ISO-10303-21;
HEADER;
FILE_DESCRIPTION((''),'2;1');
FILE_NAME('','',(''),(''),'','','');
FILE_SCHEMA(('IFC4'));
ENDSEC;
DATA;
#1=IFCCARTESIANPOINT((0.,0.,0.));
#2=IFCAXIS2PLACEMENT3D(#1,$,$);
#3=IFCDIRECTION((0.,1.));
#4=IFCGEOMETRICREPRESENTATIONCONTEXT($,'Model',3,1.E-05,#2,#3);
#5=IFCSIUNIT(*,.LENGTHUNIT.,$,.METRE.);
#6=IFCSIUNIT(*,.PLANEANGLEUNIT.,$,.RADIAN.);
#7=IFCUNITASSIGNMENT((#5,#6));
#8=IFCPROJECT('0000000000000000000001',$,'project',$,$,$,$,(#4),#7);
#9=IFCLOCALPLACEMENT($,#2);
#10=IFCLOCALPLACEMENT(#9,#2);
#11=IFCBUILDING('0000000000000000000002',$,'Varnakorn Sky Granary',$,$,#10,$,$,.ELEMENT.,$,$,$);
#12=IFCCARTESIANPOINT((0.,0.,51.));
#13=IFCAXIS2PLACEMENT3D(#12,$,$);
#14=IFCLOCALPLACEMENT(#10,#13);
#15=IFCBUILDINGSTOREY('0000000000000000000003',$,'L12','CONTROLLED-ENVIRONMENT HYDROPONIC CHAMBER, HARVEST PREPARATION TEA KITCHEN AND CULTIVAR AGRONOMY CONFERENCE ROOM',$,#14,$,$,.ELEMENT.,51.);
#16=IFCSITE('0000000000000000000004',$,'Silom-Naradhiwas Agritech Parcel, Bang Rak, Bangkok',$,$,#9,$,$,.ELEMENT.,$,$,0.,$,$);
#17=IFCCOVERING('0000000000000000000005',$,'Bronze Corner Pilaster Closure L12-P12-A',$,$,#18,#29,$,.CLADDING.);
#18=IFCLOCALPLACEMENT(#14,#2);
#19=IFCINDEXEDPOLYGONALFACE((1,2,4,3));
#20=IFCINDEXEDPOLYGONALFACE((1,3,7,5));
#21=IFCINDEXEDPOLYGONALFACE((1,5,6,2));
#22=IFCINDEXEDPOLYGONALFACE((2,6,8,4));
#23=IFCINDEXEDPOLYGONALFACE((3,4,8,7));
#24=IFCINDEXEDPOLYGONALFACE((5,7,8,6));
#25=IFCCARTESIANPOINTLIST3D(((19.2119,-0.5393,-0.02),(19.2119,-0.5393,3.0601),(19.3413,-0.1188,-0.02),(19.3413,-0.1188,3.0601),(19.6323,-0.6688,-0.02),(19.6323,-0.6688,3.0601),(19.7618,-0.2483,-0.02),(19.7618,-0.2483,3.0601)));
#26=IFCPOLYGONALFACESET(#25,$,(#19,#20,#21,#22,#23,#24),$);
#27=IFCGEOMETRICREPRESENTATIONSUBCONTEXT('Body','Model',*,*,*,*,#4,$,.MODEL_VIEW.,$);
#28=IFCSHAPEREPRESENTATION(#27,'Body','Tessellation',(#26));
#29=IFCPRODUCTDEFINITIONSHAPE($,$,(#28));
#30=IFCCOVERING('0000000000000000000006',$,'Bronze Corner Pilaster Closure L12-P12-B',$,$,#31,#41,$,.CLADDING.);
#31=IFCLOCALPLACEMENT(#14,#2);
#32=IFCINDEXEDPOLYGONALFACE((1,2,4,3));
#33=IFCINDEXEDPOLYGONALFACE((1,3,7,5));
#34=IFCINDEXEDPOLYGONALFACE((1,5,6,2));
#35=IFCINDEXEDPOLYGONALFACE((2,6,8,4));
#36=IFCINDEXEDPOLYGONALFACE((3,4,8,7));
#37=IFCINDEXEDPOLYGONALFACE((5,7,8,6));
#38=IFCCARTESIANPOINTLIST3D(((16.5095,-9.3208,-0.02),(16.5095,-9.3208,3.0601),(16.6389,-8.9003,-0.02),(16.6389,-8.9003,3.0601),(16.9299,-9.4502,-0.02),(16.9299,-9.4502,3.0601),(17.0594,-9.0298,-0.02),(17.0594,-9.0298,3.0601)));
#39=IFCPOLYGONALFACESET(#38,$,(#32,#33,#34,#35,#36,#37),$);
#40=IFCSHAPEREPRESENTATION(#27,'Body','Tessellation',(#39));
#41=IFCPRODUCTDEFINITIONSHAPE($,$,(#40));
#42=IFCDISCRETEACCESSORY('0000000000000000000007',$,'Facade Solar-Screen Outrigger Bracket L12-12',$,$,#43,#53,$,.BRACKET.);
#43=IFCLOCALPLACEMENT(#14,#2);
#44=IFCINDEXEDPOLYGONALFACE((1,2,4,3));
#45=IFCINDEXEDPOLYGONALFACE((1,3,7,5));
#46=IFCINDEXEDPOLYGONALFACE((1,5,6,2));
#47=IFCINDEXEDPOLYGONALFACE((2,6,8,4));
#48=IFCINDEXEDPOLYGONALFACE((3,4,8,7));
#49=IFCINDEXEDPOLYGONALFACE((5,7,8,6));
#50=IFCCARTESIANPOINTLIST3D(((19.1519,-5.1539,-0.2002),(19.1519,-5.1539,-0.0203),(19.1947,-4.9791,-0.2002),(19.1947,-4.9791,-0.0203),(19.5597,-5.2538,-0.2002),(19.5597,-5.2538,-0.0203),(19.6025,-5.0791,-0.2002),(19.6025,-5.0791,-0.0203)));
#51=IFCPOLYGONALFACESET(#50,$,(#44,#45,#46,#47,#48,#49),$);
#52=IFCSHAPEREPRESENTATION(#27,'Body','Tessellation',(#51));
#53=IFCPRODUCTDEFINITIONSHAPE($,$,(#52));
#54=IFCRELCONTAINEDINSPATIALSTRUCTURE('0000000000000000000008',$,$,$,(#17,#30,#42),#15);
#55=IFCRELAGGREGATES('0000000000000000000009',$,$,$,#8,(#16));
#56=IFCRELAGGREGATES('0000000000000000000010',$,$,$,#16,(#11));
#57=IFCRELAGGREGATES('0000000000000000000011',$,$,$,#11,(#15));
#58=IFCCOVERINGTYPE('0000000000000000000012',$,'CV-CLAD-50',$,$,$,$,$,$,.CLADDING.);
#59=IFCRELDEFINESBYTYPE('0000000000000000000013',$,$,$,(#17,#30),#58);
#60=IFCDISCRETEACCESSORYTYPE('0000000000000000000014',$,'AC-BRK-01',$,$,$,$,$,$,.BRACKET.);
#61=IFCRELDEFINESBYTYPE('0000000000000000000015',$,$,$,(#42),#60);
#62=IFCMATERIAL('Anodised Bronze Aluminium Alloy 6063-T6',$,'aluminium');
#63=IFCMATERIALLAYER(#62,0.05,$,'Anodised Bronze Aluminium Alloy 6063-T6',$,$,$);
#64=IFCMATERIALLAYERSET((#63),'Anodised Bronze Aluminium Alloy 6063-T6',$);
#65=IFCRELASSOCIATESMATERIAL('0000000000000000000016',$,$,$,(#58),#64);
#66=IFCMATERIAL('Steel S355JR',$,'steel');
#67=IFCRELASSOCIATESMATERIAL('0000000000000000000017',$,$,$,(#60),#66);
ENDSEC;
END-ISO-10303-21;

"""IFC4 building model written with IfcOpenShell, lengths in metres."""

from ifc_helpers import new_model, si_unit, direction, frame, origin, origin_2d, place, context, subcontext, project, spatial, rectangle, extrude, source, transform, mapped, material, layer, layer_set, type_object, type_shapes, element, save


model = new_model("IFC4")

# Units and contexts
model_context = context("Model", 3, precision=1e-05, world=origin(), true_north=direction((0.0, 1.0)))
body_context = subcontext(model_context, "Body", "Model", "MODEL_VIEW")
ifc_project = project(units=[si_unit("LENGTHUNIT", "METRE"), si_unit("PLANEANGLEUNIT", "RADIAN")], contexts=[model_context])

# Site, building, storey
site_placement = place(None, origin())
site = spatial("IfcSite", under=ifc_project, at=site_placement, Name="Silom-Naradhiwas Agritech Parcel, Bang Rak, Bangkok", CompositionType="ELEMENT", RefElevation=0.0)
building_placement = place(site_placement, origin())
building = spatial("IfcBuilding", under=site, at=building_placement, Name="Varnakorn Sky Granary", CompositionType="ELEMENT")
storey_placement = place(building_placement, frame((0.0, 0.0, 51.0)))
storey = spatial("IfcBuildingStorey", under=building, at=storey_placement, Name="L12", Description="CONTROLLED-ENVIRONMENT HYDROPONIC CHAMBER, HARVEST PREPARATION TEA KITCHEN AND CULTIVAR AGRONOMY CONFERENCE ROOM", CompositionType="ELEMENT", Elevation=51.0)

# Shared definitions
ifc_material_1 = material(Name="Steel S355JR", Category="steel")

# Shared definitions
ifc_material_2 = material(Name="Anodised Bronze Aluminium Alloy 6063-T6", Category="aluminium")

# Coverings
ifc_layer_1 = layer(ifc_material_2, 0.05, Name="Anodised Bronze Aluminium Alloy 6063-T6")
ifc_layer_set_1 = layer_set([ifc_layer_1], Name="Anodised Bronze Aluminium Alloy 6063-T6")
covering_type = type_object("IfcCoveringType", Name="CV-CLAD-50", PredefinedType="CLADDING", material=ifc_layer_set_1)
shared_shape_1 = source(origin(), body_context, "Body", "SweptSolid", [
    extrude(rectangle(XDim=0.4399, YDim=0.4399, at=origin_2d()), origin(), (0.0, 0.0, 1.0), 3.0801),
])
type_shapes(covering_type, [shared_shape_1])
for number, where, z_axis, x_axis, name in (
    (1, (19.4868, -0.3938, -0.02), (0.0, 0.0, 1.0), (-0.294207, -0.955742, 0.0), "Bronze Corner Pilaster Closure L12-P12-A"),
    (2, (16.7844, -9.1753, -0.02), (0.0, 0.0, 1.0), (-0.294207, -0.955742, 0.0), "Bronze Corner Pilaster Closure L12-P12-B"),
):
    element("IfcCovering", number, at=place(storey_placement, frame(where, z_axis=z_axis, x_axis=x_axis)), inside=storey, type_object=covering_type, Name=name, PredefinedType="CLADDING", context=body_context, shape_type="MappedRepresentation", body=[
        mapped(shared_shape_1, transform((0.0, 0.0, 0.0), x_axis=(1.0, 0.0, 0.0), y_axis=(0.0, 1.0, 0.0), z_axis=(0.0, 0.0, 1.0), scale=1.0)),
    ])

# Discrete accessory
discrete_accessory_type = type_object("IfcDiscreteAccessoryType", Name="AC-BRK-01", PredefinedType="BRACKET", material=ifc_material_1)
shared_shape_2 = source(origin(), body_context, "Body", "SweptSolid", [
    extrude(rectangle(XDim=0.1799, YDim=0.4199, at=origin_2d()), origin(), (0.0, 0.0, 1.0), 0.1799),
])
type_shapes(discrete_accessory_type, [shared_shape_2])
discrete_accessory_placement = place(storey_placement, frame((19.3772, -5.1165, -0.2002), z_axis=(0.0, 0.0, 1.0), x_axis=(0.238031, 0.971258, 0.0)))
element("IfcDiscreteAccessory", 3, at=discrete_accessory_placement, inside=storey, type_object=discrete_accessory_type, Name="Facade Solar-Screen Outrigger Bracket L12-12", PredefinedType="BRACKET", context=body_context, shape_type="MappedRepresentation", body=[
    mapped(shared_shape_2, transform((0.0, 0.0, 0.0), x_axis=(1.0, 0.0, 0.0), y_axis=(0.0, 1.0, 0.0), z_axis=(0.0, 0.0, 1.0), scale=1.0)),
])

save(model, "model.ifc")
